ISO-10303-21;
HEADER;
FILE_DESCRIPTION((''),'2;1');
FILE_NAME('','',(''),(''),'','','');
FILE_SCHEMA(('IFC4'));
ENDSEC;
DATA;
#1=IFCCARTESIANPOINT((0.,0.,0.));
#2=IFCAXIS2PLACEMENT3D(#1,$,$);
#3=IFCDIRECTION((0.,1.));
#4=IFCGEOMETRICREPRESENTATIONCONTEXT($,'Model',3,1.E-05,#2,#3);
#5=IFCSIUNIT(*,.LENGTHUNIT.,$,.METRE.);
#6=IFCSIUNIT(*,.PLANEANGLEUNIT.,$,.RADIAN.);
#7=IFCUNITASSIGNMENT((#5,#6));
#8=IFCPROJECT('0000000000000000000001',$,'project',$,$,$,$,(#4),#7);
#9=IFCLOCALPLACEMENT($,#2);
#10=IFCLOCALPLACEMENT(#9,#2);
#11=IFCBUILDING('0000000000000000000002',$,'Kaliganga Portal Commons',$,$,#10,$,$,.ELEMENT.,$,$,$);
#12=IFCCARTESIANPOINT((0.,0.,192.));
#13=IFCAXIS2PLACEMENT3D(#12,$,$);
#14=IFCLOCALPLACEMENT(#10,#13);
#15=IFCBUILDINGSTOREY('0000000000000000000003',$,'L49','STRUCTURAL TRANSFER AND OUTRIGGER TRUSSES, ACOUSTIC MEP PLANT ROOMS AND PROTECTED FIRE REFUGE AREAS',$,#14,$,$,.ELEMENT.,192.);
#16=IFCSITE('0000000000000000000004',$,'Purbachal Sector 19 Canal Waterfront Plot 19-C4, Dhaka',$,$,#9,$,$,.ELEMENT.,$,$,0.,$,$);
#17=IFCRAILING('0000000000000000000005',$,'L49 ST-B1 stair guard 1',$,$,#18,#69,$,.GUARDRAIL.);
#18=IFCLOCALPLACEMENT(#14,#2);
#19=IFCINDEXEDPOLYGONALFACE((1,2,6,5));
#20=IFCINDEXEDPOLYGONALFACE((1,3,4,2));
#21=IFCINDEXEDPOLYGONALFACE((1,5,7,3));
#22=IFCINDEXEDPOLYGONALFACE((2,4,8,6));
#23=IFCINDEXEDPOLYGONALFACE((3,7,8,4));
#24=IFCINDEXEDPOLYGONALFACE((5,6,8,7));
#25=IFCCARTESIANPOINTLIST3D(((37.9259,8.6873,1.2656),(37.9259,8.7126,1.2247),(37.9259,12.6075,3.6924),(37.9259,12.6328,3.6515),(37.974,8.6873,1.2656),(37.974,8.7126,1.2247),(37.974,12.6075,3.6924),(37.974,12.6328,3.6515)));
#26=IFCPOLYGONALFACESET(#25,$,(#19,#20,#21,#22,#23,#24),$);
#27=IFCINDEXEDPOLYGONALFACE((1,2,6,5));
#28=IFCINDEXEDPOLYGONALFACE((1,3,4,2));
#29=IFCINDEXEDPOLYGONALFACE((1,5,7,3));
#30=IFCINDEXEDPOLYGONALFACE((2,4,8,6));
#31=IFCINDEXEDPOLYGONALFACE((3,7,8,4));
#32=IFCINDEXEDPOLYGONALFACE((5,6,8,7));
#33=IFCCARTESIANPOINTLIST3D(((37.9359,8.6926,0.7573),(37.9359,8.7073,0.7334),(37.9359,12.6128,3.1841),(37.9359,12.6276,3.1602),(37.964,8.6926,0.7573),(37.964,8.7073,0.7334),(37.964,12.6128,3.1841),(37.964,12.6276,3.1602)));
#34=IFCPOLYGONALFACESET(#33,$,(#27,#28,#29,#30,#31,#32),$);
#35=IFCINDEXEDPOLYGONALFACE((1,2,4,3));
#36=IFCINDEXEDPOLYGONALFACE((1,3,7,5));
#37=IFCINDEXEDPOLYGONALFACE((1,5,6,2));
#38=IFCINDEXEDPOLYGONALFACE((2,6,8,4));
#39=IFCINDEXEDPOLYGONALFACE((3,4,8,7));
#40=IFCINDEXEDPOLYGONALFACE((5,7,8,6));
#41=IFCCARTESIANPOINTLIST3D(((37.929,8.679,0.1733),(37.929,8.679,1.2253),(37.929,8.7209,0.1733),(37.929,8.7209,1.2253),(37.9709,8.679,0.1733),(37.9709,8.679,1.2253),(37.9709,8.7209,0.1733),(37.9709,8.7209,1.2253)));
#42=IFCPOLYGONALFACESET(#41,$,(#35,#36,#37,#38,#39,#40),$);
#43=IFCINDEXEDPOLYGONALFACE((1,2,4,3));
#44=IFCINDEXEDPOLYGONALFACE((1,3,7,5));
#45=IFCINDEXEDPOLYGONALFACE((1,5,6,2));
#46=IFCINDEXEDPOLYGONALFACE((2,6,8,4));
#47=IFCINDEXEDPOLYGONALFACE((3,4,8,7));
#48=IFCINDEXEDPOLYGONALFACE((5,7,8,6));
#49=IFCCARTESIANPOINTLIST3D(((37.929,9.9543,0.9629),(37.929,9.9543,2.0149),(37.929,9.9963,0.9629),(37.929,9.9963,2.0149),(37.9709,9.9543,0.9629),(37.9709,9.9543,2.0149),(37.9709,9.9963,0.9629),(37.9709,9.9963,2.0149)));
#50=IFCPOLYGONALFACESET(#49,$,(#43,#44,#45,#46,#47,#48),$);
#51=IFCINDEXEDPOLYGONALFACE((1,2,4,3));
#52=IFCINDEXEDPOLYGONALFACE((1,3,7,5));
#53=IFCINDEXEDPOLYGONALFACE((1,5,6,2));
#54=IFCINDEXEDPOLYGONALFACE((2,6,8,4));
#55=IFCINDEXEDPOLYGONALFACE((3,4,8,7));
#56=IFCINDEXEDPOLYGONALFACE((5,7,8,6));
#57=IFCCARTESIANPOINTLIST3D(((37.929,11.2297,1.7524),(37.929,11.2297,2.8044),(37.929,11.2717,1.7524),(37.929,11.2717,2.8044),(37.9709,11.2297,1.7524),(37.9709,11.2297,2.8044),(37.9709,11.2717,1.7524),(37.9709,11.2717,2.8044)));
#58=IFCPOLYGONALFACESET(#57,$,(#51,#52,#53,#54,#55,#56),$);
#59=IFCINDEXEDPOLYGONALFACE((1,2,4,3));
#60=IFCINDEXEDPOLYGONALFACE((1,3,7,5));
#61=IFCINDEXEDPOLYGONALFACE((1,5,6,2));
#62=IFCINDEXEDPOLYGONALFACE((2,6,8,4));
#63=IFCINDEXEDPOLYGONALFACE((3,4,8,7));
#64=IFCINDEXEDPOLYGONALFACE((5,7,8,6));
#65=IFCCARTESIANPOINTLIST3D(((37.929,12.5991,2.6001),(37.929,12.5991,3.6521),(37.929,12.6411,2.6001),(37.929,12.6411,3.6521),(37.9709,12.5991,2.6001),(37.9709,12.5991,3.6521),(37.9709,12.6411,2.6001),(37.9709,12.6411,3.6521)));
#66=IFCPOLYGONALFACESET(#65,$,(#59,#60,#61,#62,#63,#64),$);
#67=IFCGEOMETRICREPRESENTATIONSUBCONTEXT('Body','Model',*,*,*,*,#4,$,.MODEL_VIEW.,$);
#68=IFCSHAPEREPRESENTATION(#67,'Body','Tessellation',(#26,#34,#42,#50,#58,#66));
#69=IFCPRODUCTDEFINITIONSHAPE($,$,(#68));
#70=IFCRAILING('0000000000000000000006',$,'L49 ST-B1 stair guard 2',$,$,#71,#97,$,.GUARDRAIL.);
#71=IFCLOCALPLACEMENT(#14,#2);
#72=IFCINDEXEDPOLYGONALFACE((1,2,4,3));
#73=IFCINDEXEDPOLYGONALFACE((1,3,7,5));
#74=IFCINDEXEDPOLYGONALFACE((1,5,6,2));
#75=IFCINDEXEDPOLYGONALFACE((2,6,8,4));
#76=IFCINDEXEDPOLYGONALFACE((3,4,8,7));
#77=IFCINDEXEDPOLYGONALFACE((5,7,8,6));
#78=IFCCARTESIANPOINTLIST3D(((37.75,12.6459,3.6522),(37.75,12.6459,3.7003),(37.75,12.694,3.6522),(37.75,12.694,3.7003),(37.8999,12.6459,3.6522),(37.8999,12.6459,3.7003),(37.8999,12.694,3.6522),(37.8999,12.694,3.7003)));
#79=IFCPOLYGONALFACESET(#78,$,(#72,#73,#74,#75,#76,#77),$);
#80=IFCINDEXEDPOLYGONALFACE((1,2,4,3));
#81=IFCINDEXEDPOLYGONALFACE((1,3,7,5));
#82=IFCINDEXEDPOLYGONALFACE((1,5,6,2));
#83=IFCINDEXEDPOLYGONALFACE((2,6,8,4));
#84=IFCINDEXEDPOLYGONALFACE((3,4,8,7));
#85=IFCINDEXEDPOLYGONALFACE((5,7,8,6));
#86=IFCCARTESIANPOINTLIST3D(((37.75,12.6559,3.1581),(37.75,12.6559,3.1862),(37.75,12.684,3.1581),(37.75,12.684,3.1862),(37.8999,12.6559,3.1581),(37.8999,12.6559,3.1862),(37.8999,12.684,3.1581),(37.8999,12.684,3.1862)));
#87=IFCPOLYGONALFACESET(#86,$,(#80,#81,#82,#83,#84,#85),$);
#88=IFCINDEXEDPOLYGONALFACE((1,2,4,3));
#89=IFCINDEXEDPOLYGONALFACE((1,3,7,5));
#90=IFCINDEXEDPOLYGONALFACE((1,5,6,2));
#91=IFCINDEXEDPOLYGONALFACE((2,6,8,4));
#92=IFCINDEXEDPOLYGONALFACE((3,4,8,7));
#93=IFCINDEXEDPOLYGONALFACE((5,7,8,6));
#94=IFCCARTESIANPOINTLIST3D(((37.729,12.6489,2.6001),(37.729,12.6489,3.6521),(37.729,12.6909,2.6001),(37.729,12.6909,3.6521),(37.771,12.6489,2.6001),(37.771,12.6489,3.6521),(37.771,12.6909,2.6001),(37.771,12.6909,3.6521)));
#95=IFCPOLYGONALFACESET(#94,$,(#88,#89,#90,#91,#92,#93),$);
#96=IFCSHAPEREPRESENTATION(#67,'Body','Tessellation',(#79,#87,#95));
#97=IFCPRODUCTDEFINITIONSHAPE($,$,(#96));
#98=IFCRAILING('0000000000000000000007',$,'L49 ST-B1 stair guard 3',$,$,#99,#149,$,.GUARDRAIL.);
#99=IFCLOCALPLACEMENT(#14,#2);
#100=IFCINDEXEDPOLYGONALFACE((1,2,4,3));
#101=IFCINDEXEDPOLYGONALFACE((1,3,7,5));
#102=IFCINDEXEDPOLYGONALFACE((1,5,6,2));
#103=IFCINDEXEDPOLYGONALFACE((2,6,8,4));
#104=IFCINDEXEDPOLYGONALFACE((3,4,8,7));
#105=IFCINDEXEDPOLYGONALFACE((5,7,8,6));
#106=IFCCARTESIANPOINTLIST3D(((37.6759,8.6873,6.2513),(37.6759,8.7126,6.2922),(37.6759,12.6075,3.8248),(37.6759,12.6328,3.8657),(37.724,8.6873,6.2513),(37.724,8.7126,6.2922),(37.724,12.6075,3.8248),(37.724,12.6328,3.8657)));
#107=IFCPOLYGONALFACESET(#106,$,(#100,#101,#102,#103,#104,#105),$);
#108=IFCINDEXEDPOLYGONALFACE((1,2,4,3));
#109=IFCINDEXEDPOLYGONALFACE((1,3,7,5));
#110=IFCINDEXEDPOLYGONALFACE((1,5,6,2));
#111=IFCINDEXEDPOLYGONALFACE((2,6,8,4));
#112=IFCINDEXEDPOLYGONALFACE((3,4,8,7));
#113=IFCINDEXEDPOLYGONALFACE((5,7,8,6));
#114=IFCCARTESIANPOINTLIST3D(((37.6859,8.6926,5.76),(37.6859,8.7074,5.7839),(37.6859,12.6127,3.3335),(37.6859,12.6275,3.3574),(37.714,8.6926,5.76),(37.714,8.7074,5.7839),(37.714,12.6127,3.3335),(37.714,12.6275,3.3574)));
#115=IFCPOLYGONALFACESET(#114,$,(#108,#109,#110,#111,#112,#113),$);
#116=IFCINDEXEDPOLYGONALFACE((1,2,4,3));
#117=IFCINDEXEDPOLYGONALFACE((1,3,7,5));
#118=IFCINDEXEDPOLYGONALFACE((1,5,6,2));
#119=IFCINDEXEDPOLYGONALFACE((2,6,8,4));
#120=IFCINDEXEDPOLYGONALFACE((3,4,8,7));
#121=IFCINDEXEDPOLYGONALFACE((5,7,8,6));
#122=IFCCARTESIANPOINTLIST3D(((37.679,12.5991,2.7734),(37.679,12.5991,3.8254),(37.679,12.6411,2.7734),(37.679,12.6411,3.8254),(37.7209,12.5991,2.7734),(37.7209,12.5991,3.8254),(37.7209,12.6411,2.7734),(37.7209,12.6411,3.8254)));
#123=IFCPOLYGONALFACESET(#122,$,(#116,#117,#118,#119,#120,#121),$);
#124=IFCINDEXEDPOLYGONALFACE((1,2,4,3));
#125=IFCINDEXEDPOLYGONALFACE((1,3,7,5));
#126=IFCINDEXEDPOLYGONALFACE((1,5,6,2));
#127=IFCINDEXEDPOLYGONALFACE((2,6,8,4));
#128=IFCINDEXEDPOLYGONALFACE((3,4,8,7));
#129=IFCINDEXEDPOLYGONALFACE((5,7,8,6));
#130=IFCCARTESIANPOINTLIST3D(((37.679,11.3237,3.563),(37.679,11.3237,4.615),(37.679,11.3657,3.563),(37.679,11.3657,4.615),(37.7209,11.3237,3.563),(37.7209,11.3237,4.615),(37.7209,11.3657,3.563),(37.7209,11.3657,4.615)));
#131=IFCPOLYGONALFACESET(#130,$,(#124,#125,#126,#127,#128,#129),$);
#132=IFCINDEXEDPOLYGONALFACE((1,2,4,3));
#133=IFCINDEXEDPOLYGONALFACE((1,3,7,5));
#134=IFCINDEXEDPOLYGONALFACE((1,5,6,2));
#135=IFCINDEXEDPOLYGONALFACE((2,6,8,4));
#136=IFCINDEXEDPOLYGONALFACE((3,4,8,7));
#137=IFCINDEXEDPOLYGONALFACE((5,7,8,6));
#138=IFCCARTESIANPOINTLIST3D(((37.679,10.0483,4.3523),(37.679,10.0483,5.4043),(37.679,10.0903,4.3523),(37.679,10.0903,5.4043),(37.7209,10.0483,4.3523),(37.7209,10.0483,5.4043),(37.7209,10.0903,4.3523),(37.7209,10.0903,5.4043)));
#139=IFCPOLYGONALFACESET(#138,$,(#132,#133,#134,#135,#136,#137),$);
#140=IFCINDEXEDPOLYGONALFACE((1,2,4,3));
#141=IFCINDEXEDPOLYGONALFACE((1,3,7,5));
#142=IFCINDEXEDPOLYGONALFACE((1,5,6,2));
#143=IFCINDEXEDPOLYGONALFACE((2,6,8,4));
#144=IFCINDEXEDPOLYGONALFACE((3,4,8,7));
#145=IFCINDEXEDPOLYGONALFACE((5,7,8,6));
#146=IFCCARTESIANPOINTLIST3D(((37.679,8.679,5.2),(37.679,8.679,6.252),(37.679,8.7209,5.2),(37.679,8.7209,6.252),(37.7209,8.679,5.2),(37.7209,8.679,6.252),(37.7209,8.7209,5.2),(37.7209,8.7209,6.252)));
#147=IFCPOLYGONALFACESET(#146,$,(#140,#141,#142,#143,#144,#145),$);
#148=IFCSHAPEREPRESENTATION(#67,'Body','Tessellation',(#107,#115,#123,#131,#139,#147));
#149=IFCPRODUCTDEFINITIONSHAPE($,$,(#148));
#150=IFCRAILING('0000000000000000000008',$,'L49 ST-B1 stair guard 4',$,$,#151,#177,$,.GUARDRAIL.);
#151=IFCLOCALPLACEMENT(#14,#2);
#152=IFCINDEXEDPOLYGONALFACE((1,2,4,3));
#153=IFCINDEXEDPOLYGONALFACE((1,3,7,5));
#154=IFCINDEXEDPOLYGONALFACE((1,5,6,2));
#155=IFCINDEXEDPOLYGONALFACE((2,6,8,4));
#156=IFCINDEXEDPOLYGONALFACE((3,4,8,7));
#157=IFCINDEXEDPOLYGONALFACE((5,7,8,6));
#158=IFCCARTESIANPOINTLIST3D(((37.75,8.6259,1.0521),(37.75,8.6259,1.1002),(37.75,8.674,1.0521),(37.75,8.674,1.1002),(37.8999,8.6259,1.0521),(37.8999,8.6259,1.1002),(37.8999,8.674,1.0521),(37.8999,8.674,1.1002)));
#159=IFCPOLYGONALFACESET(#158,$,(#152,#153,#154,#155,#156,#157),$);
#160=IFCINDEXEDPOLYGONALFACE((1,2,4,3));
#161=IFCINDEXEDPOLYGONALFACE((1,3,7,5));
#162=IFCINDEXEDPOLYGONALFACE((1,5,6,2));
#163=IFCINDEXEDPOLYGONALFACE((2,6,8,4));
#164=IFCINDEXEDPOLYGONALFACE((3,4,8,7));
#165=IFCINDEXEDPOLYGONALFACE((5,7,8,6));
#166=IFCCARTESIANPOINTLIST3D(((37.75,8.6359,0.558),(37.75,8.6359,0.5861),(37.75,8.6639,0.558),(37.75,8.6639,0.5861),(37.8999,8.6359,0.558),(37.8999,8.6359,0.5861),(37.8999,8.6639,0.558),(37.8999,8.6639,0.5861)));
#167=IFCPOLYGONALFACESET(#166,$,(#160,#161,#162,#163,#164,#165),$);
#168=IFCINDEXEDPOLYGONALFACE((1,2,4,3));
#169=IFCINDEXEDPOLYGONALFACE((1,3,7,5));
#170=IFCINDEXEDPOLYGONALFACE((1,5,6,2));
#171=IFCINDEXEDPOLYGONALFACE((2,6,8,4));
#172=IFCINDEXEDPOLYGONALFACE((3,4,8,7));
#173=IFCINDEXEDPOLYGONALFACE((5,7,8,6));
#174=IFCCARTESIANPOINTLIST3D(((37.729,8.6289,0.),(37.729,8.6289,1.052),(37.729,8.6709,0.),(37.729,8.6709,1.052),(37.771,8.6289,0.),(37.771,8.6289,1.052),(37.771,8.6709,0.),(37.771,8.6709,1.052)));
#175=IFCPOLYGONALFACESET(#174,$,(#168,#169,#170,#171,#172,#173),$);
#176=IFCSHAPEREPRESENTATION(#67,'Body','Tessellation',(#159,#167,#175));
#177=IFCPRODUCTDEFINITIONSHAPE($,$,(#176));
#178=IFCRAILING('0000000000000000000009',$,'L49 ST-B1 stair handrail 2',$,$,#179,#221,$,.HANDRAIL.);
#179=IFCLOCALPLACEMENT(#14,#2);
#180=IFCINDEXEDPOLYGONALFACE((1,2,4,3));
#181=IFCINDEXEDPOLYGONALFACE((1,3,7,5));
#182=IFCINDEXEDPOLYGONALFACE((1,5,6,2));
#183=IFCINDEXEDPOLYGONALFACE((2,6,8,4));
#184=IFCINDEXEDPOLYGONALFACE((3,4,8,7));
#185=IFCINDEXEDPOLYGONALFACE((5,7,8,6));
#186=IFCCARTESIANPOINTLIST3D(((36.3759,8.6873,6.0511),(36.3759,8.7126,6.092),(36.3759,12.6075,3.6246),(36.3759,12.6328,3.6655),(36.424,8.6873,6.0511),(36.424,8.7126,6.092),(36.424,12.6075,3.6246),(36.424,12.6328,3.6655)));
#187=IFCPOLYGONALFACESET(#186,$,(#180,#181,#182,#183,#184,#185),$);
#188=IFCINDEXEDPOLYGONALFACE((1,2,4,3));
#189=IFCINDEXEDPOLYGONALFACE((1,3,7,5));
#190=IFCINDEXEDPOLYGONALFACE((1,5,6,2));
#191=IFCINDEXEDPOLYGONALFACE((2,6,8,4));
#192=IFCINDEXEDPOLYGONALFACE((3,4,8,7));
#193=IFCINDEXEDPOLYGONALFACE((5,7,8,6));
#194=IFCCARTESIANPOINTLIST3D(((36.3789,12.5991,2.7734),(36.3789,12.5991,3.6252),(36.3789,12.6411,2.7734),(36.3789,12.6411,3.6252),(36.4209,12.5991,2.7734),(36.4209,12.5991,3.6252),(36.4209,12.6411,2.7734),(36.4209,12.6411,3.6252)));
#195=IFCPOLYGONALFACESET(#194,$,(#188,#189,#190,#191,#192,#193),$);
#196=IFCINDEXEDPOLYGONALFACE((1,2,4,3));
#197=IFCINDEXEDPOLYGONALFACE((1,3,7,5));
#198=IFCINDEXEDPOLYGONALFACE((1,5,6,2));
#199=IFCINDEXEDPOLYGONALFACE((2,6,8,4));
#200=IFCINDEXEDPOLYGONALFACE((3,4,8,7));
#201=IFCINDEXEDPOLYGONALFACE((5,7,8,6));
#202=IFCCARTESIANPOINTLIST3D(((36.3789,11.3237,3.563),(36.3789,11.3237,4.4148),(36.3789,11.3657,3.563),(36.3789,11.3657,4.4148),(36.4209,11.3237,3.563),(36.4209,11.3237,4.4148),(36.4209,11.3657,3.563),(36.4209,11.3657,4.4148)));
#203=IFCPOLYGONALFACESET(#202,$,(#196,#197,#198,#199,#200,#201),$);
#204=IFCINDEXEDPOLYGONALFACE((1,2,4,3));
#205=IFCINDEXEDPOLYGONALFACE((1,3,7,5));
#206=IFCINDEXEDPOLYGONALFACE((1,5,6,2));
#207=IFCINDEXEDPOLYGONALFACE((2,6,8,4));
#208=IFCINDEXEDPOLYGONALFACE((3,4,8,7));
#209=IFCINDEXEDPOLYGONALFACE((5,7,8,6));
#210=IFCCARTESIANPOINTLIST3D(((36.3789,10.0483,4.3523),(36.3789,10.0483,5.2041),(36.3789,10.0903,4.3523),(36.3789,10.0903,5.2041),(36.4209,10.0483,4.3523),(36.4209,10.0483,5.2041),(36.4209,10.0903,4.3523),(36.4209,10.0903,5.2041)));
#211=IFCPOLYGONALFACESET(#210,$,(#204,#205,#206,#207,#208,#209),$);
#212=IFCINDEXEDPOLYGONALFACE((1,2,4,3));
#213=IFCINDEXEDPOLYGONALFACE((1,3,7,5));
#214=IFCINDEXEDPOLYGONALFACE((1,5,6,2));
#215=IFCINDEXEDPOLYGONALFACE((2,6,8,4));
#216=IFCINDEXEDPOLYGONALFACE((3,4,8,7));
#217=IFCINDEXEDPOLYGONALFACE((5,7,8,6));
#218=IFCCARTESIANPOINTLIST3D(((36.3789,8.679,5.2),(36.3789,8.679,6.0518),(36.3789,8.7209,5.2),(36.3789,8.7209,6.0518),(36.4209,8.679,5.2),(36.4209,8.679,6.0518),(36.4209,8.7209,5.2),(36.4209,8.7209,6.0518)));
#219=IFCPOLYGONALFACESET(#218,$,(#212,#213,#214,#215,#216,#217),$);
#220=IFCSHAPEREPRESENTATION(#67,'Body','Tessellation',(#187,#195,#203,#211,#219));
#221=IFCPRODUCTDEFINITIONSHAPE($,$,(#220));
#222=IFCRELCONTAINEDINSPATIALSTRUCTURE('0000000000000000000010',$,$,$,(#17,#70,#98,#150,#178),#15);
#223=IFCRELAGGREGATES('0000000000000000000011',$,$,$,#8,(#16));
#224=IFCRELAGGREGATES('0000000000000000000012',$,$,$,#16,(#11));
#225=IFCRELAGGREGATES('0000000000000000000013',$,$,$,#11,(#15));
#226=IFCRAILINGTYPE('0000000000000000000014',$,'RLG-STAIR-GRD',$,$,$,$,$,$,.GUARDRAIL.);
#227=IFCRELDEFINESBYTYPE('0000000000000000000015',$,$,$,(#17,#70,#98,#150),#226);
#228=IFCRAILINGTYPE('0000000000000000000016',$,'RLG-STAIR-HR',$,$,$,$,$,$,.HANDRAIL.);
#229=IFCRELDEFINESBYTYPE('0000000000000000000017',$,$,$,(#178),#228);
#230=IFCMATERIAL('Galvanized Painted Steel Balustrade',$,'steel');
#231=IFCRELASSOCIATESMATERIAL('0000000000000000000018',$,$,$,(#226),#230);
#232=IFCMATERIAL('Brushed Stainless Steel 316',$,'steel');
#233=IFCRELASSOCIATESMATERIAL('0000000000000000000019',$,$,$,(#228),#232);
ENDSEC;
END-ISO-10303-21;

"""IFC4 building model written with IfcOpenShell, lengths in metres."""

from ifc_helpers import new_model, si_unit, direction, frame, origin, origin_2d, place, context, subcontext, project, spatial, rectangle, extrude, material, type_object, element, save


model = new_model("IFC4")

# Units and contexts
model_context = context("Model", 3, precision=1e-05, world=origin(), true_north=direction((0.0, 1.0)))
body_context = subcontext(model_context, "Body", "Model", "MODEL_VIEW")
ifc_project = project(units=[si_unit("LENGTHUNIT", "METRE"), si_unit("PLANEANGLEUNIT", "RADIAN")], contexts=[model_context])

# Site, building, storey
site_placement = place(None, origin())
site = spatial("IfcSite", under=ifc_project, at=site_placement, Name="Purbachal Sector 19 Canal Waterfront Plot 19-C4, Dhaka", CompositionType="ELEMENT", RefElevation=0.0)
building_placement = place(site_placement, origin())
building = spatial("IfcBuilding", under=site, at=building_placement, Name="Kaliganga Portal Commons", CompositionType="ELEMENT")
storey_placement = place(building_placement, frame((0.0, 0.0, 192.0)))
storey = spatial("IfcBuildingStorey", under=building, at=storey_placement, Name="L49", Description="STRUCTURAL TRANSFER AND OUTRIGGER TRUSSES, ACOUSTIC MEP PLANT ROOMS AND PROTECTED FIRE REFUGE AREAS", CompositionType="ELEMENT", Elevation=192.0)

# Railings
ifc_material_1 = material(Name="Galvanized Painted Steel Balustrade", Category="steel")
railing_type_1 = type_object("IfcRailingType", Name="RLG-STAIR-GRD", PredefinedType="GUARDRAIL", material=ifc_material_1)
railing_1_placement = place(storey_placement, frame((37.95, 8.7, 0.1733)))
element("IfcRailing", 1, at=railing_1_placement, inside=storey, type_object=railing_type_1, Name="L49 ST-B1 stair guard 1", PredefinedType="GUARDRAIL", context=body_context, shape_type="SweptSolid", body=[
    extrude(rectangle(XDim=0.0481, YDim=0.0481, at=origin_2d()), frame((0.0, 0.0, 1.0718), z_axis=(0.0, 0.850266, 0.526353), x_axis=(-1.0, 0.0, 0.0)), (0.0, 0.0, 1.0), 4.6106),
    extrude(rectangle(XDim=0.0281, YDim=0.0281, at=origin_2d()), frame((0.0, 0.0, 0.572), z_axis=(0.0, 0.850266, 0.526353), x_axis=(-1.0, 0.0, 0.0)), (0.0, 0.0, 1.0), 4.6106),
    extrude(rectangle(XDim=0.042, YDim=0.042, at=origin_2d()), origin(), (0.0, 0.0, 1.0), 1.052),
    extrude(rectangle(XDim=0.042, YDim=0.042, at=origin_2d()), frame((0.0, 1.2754, 0.7896)), (0.0, 0.0, 1.0), 1.052),
    extrude(rectangle(XDim=0.042, YDim=0.042, at=origin_2d()), frame((0.0, 2.5508, 1.5791)), (0.0, 0.0, 1.0), 1.052),
    extrude(rectangle(XDim=0.042, YDim=0.042, at=origin_2d()), frame((0.0, 3.9202, 2.4268)), (0.0, 0.0, 1.0), 1.052),
])
railing_2_placement = place(storey_placement, frame((37.8999, 12.6699, 2.6001)))
element("IfcRailing", 2, at=railing_2_placement, inside=storey, type_object=railing_type_1, Name="L49 ST-B1 stair guard 2", PredefinedType="GUARDRAIL", context=body_context, shape_type="SweptSolid", body=[
    extrude(rectangle(XDim=0.0481, YDim=0.0481, at=origin_2d()), frame((0.0, 0.0, 1.0762), z_axis=(-1.0, 0.0, 0.0), x_axis=(0.0, -1.0, 0.0)), (0.0, 0.0, 1.0), 0.1499),
    extrude(rectangle(XDim=0.0281, YDim=0.0281, at=origin_2d()), frame((0.0, 0.0, 0.572), z_axis=(-1.0, 0.0, 0.0), x_axis=(0.0, -1.0, 0.0)), (0.0, 0.0, 1.0), 0.1499),
    extrude(rectangle(XDim=0.042, YDim=0.042, at=origin_2d()), frame((-0.1499, 0.0, 0.0)), (0.0, 0.0, 1.0), 1.052),
])
railing_3_placement = place(storey_placement, frame((37.7, 12.6201, 2.7734)))
element("IfcRailing", 3, at=railing_3_placement, inside=storey, type_object=railing_type_1, Name="L49 ST-B1 stair guard 3", PredefinedType="GUARDRAIL", context=body_context, shape_type="SweptSolid", body=[
    extrude(rectangle(XDim=0.0481, YDim=0.0481, at=origin_2d()), frame((0.0, 0.0, 1.0718), z_axis=(0.0, -0.85029, 0.526315), x_axis=(1.0, 0.0, 0.0)), (0.0, 0.0, 1.0), 4.6104),
    extrude(rectangle(XDim=0.0281, YDim=0.0281, at=origin_2d()), frame((0.0, 0.0, 0.572), z_axis=(0.0, -0.85029, 0.526315), x_axis=(1.0, 0.0, 0.0)), (0.0, 0.0, 1.0), 4.6104),
    extrude(rectangle(XDim=0.042, YDim=0.042, at=origin_2d()), origin(), (0.0, 0.0, 1.0), 1.052),
    extrude(rectangle(XDim=0.042, YDim=0.042, at=origin_2d()), frame((0.0, -1.2754, 0.7896)), (0.0, 0.0, 1.0), 1.052),
    extrude(rectangle(XDim=0.042, YDim=0.042, at=origin_2d()), frame((0.0, -2.5508, 1.5789)), (0.0, 0.0, 1.0), 1.052),
    extrude(rectangle(XDim=0.042, YDim=0.042, at=origin_2d()), frame((0.0, -3.9202, 2.4265)), (0.0, 0.0, 1.0), 1.052),
])
railing_4_placement = place(storey_placement, frame((37.8999, 8.6499, 0.0)))
element("IfcRailing", 4, at=railing_4_placement, inside=storey, type_object=railing_type_1, Name="L49 ST-B1 stair guard 4", PredefinedType="GUARDRAIL", context=body_context, shape_type="SweptSolid", body=[
    extrude(rectangle(XDim=0.0481, YDim=0.0481, at=origin_2d()), frame((0.0, 0.0, 1.0762), z_axis=(-1.0, 0.0, 0.0), x_axis=(0.0, -1.0, 0.0)), (0.0, 0.0, 1.0), 0.1499),
    extrude(rectangle(XDim=0.0281, YDim=0.0281, at=origin_2d()), frame((0.0, 0.0, 0.572), z_axis=(-1.0, 0.0, 0.0), x_axis=(0.0, -1.0, 0.0)), (0.0, 0.0, 1.0), 0.1499),
    extrude(rectangle(XDim=0.042, YDim=0.042, at=origin_2d()), frame((-0.1499, 0.0, 0.0)), (0.0, 0.0, 1.0), 1.052),
])
ifc_material_2 = material(Name="Brushed Stainless Steel 316", Category="steel")
railing_type_2 = type_object("IfcRailingType", Name="RLG-STAIR-HR", PredefinedType="HANDRAIL", material=ifc_material_2)
railing_5_placement = place(storey_placement, frame((36.3999, 12.6201, 2.7734)))
element("IfcRailing", 5, at=railing_5_placement, inside=storey, type_object=railing_type_2, Name="L49 ST-B1 stair handrail 2", PredefinedType="HANDRAIL", context=body_context, shape_type="SweptSolid", body=[
    extrude(rectangle(XDim=0.0481, YDim=0.0481, at=origin_2d()), frame((0.0, 0.0, 0.8716), z_axis=(0.0, -0.85029, 0.526315), x_axis=(1.0, 0.0, 0.0)), (0.0, 0.0, 1.0), 4.6104),
    extrude(rectangle(XDim=0.042, YDim=0.042, at=origin_2d()), origin(), (0.0, 0.0, 1.0), 0.8518),
    extrude(rectangle(XDim=0.042, YDim=0.042, at=origin_2d()), frame((0.0, -1.2754, 0.7896)), (0.0, 0.0, 1.0), 0.8518),
    extrude(rectangle(XDim=0.042, YDim=0.042, at=origin_2d()), frame((0.0, -2.5508, 1.5789)), (0.0, 0.0, 1.0), 0.8518),
    extrude(rectangle(XDim=0.042, YDim=0.042, at=origin_2d()), frame((0.0, -3.9202, 2.4265)), (0.0, 0.0, 1.0), 0.8518),
])

save(model, "model.ifc")
